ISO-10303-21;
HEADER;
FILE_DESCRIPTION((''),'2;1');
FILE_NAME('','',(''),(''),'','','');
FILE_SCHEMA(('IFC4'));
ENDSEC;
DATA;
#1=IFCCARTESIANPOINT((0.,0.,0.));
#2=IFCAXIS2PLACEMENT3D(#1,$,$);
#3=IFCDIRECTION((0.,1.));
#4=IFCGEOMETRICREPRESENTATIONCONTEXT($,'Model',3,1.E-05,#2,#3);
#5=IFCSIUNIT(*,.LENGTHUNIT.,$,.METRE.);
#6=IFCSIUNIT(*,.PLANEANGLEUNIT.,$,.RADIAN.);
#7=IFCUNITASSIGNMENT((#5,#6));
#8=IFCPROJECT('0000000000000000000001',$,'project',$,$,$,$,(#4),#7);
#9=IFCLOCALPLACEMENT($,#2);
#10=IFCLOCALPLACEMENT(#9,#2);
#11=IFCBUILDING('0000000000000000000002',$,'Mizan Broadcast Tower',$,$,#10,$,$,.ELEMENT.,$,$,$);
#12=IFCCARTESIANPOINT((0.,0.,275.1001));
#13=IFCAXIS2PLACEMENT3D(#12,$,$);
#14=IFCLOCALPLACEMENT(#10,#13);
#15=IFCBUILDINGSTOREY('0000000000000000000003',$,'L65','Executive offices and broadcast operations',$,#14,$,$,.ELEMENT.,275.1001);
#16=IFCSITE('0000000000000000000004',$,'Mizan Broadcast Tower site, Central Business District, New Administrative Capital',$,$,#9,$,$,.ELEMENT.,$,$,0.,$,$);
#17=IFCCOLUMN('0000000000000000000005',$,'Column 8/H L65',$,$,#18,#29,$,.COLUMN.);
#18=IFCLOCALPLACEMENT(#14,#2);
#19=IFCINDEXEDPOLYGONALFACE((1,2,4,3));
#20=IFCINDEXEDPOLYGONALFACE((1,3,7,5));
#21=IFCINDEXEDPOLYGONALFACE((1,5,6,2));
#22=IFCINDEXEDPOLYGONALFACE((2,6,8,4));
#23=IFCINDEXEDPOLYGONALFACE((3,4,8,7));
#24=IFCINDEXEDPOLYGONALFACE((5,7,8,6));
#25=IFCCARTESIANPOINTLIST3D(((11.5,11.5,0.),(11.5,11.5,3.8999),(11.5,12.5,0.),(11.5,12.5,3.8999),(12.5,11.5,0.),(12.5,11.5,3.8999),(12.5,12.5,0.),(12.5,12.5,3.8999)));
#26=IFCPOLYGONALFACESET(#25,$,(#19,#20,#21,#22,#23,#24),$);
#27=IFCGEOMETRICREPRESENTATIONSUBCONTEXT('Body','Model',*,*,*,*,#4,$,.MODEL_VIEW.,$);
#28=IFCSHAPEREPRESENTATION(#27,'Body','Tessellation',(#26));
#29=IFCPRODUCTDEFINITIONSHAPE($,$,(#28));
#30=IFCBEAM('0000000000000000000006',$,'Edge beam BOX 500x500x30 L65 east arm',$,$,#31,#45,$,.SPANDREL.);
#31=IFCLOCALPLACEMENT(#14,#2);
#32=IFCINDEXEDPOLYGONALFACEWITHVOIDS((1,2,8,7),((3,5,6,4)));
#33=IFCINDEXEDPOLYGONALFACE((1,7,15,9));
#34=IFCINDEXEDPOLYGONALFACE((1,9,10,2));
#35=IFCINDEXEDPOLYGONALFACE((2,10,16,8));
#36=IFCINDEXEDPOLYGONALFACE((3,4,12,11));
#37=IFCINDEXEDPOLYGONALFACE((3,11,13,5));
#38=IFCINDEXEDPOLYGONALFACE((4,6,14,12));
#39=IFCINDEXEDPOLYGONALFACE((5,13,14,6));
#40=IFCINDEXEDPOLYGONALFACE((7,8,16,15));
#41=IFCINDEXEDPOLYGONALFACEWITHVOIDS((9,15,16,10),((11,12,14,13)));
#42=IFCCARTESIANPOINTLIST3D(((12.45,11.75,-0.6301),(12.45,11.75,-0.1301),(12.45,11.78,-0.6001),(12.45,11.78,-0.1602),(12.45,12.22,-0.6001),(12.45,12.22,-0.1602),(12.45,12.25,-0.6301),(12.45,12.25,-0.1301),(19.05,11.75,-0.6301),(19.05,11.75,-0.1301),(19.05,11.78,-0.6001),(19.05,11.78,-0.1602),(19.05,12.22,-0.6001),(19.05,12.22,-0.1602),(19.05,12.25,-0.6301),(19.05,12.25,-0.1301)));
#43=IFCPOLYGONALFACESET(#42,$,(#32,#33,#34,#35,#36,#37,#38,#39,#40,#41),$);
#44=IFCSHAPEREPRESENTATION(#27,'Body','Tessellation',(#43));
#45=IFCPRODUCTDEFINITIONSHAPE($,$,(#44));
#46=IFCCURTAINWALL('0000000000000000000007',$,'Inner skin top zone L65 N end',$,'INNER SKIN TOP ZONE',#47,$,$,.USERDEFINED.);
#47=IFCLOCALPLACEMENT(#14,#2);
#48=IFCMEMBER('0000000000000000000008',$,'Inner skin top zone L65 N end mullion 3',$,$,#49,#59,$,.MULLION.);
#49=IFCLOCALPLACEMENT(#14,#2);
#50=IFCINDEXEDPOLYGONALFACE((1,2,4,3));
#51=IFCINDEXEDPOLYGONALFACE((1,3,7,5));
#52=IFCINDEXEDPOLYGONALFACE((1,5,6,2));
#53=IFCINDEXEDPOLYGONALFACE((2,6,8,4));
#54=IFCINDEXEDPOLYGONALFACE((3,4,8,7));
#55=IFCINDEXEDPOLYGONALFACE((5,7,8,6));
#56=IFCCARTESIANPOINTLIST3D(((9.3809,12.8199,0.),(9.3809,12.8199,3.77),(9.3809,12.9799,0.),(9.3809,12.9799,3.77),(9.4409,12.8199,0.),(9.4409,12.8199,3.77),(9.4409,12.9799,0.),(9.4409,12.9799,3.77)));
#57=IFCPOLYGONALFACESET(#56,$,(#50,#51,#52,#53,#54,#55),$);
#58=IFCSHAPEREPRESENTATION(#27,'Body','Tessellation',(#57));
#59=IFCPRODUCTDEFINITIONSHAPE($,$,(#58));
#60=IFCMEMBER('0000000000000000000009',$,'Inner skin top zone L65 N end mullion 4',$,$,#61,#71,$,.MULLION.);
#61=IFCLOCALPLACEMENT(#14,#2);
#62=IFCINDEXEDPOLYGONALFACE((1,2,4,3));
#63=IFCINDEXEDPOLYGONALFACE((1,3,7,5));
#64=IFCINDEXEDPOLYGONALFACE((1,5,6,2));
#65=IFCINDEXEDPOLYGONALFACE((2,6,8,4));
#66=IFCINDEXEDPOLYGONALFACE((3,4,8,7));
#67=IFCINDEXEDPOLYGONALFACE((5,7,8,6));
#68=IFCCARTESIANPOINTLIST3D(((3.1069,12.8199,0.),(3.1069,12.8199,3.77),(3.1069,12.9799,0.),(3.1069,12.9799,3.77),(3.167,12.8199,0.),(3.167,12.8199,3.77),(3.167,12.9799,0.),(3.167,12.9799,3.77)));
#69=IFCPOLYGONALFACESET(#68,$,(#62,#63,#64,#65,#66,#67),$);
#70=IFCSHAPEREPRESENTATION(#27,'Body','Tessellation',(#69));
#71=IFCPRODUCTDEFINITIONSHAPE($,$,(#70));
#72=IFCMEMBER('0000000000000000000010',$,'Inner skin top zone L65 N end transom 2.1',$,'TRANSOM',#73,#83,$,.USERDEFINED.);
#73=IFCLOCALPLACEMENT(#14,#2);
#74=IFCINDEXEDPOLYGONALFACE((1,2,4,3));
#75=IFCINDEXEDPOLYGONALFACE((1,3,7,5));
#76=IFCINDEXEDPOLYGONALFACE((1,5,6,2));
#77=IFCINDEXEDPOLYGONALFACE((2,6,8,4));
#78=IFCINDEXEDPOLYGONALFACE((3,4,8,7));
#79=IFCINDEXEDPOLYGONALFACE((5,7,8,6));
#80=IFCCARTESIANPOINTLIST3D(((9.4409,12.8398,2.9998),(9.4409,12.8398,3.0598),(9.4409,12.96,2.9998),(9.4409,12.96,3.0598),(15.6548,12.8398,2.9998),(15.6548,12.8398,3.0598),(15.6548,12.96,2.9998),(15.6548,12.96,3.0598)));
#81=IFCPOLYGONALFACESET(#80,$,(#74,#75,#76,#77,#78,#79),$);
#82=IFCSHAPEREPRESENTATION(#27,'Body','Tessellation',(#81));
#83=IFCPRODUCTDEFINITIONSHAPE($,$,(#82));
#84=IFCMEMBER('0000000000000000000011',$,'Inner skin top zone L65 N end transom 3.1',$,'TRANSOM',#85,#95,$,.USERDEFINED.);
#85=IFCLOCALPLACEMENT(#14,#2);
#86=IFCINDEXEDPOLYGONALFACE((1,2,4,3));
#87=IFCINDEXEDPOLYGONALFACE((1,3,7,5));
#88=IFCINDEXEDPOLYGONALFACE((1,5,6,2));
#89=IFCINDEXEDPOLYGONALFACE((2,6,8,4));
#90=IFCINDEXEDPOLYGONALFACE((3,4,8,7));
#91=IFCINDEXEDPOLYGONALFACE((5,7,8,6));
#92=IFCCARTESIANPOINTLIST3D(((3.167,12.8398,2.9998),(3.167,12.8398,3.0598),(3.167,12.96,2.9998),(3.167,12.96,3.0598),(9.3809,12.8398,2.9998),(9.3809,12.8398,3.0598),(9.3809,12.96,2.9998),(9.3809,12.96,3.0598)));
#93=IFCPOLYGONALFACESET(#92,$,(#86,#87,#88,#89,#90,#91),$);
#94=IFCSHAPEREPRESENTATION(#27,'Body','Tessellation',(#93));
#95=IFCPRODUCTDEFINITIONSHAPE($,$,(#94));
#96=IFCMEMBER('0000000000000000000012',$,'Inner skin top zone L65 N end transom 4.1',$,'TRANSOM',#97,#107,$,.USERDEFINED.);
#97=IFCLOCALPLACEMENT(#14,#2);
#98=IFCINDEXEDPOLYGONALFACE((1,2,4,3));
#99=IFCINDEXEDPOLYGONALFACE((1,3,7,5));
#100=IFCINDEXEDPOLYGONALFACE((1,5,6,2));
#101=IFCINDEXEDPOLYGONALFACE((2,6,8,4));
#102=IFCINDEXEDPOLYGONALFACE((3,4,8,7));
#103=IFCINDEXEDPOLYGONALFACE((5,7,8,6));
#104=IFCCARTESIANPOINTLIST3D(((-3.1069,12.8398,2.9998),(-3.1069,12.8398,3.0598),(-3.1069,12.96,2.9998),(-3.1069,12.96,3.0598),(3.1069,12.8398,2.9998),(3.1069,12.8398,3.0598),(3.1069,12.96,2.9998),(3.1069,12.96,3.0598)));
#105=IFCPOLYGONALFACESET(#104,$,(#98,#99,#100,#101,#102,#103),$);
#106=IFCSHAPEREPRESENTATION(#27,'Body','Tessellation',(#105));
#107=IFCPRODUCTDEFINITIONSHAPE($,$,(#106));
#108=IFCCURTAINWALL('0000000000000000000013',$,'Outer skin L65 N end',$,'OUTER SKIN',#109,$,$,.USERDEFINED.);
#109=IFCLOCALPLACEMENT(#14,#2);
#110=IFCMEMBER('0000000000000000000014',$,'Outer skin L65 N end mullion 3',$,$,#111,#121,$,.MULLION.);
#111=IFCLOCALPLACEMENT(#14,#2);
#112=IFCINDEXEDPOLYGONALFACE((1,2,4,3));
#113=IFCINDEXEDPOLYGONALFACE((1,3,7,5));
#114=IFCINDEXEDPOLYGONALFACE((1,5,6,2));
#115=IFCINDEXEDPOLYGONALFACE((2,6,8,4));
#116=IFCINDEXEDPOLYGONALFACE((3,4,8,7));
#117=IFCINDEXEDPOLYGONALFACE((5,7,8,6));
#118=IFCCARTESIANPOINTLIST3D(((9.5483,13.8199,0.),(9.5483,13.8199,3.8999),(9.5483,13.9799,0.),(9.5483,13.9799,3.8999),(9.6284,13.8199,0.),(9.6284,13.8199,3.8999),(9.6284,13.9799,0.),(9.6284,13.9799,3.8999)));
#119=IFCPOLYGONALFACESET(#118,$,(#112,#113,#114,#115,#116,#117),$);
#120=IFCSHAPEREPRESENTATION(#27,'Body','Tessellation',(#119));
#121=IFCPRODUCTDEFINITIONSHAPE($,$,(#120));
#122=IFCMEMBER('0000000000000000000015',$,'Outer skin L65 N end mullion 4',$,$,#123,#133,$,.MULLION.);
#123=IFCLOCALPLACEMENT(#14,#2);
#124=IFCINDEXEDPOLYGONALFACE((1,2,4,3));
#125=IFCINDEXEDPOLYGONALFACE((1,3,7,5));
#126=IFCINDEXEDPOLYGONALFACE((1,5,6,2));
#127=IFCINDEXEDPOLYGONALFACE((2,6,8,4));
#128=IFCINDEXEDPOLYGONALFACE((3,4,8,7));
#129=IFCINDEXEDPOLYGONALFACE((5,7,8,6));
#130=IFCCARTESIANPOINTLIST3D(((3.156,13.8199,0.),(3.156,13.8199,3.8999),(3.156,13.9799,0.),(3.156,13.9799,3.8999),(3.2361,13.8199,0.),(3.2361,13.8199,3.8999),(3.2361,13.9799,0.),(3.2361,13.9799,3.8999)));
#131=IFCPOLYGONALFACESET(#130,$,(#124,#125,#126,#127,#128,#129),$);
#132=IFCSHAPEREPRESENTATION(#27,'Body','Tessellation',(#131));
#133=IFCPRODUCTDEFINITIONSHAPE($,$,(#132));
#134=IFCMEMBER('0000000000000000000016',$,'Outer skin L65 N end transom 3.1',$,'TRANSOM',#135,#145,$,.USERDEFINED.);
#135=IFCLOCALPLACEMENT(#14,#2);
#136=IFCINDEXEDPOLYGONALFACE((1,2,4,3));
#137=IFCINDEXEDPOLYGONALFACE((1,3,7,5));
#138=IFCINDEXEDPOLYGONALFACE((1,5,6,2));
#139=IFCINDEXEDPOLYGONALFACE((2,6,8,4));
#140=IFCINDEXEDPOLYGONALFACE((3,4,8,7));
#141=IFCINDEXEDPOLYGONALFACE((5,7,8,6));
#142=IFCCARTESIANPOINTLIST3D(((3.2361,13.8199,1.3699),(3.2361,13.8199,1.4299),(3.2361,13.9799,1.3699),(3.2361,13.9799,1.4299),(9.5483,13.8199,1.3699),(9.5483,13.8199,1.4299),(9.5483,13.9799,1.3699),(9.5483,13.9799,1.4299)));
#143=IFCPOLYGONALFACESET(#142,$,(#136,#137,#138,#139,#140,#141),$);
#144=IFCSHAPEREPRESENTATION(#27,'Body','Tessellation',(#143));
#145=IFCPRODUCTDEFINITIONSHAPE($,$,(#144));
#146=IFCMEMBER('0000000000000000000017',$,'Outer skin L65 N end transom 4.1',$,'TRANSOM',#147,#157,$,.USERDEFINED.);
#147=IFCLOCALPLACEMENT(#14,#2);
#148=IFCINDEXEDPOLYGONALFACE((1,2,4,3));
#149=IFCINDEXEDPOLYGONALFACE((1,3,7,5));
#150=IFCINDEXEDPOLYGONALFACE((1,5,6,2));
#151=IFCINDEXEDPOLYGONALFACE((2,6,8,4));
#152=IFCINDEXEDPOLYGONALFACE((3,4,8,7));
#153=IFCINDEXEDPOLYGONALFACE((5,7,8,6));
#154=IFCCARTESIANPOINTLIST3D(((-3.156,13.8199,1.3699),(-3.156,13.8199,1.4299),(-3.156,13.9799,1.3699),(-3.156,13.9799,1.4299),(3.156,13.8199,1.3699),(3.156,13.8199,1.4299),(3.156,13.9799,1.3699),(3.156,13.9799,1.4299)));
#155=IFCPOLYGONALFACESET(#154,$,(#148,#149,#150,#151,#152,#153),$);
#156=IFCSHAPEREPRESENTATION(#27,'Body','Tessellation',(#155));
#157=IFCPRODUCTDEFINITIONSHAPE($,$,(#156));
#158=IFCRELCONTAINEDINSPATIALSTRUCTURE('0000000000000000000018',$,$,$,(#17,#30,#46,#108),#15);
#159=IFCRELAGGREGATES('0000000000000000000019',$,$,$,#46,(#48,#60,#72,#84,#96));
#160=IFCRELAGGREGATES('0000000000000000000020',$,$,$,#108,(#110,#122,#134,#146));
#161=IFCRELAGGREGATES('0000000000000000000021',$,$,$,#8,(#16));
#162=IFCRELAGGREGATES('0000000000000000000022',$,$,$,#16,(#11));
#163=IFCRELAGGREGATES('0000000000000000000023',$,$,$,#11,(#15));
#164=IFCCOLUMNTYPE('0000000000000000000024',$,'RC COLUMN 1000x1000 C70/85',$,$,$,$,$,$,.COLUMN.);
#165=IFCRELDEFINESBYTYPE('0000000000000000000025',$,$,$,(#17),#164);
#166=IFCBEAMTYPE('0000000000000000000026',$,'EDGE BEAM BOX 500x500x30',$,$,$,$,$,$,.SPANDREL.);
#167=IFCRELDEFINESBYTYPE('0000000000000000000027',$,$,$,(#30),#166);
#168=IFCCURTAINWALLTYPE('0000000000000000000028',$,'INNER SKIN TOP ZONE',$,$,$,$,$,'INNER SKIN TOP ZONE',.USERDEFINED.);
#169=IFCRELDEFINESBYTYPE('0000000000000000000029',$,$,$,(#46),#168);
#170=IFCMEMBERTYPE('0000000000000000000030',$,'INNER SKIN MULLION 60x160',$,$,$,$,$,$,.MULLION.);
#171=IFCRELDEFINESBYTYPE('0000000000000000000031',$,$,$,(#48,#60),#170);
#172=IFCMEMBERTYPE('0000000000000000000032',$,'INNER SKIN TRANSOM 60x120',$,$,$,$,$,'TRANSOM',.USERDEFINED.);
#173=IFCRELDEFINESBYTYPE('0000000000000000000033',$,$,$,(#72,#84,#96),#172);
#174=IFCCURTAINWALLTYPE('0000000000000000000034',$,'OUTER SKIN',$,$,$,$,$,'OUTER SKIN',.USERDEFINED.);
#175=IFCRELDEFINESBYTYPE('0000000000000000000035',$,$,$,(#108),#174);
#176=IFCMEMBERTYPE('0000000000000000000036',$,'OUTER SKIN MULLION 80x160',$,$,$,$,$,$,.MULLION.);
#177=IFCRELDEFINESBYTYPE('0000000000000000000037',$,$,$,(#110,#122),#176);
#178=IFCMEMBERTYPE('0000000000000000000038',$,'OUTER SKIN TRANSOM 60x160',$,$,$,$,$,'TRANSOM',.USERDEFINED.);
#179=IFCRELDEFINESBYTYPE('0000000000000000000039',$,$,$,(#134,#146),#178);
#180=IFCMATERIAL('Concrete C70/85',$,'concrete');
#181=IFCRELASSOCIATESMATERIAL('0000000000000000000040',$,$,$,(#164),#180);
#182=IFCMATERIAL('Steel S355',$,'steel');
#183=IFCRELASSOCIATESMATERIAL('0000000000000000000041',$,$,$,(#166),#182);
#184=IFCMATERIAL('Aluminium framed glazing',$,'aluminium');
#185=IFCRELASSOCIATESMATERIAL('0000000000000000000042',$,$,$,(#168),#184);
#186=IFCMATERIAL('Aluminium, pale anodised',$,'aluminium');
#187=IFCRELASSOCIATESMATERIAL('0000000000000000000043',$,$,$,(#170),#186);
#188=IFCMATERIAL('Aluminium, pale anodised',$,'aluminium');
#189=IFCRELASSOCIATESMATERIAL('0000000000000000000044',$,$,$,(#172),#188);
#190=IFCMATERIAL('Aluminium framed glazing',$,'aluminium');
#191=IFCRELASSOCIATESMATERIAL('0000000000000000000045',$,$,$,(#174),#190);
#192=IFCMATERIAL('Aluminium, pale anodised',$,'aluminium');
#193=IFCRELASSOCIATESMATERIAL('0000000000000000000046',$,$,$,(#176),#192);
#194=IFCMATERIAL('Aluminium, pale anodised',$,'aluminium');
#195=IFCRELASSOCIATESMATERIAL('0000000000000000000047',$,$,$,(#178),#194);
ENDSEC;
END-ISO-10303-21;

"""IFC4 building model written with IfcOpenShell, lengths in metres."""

from ifc_helpers import new_model, si_unit, direction, frame, origin, origin_2d, place, context, subcontext, project, spatial, rectangle, hollow_rectangle, extrude, material, material_profile, profile_set, type_object, element, aggregate, save


model = new_model("IFC4")

# Units and contexts
model_context = context("Model", 3, precision=1e-05, world=origin(), true_north=direction((0.0, 1.0)))
body_context = subcontext(model_context, "Body", "Model", "MODEL_VIEW")
ifc_project = project(units=[si_unit("LENGTHUNIT", "METRE"), si_unit("PLANEANGLEUNIT", "RADIAN")], contexts=[model_context])

# Site, building, storey
site_placement = place(None, origin())
site = spatial("IfcSite", under=ifc_project, at=site_placement, Name="Mizan Broadcast Tower site, Central Business District, New Administrative Capital", CompositionType="ELEMENT", RefElevation=0.0)
building_placement = place(site_placement, origin())
building = spatial("IfcBuilding", under=site, at=building_placement, Name="Mizan Broadcast Tower", CompositionType="ELEMENT")
storey_placement = place(building_placement, frame((0.0, 0.0, 275.1001)))
storey = spatial("IfcBuildingStorey", under=building, at=storey_placement, Name="L65", Description="Executive offices and broadcast operations", CompositionType="ELEMENT", Elevation=275.1001)

# Column
ifc_material_1 = material(Name="Concrete C70/85", Category="concrete")
ifc_material_profile_1 = material_profile(ifc_material_1, rectangle(XDim=1.0, YDim=1.0, at=origin_2d()), Name="RC 1000x1000")
ifc_profile_set_1 = profile_set([ifc_material_profile_1], Name="Concrete C70/85")
column_type = type_object("IfcColumnType", Name="RC COLUMN 1000x1000 C70/85", PredefinedType="COLUMN", material=ifc_profile_set_1)
column_placement = place(storey_placement, frame((12.0, 12.0, 0.0), z_axis=(0.0, 0.0, 1.0), x_axis=(1.0, 0.0, 0.0)))
element("IfcColumn", 1, at=column_placement, inside=storey, type_object=column_type, Name="Column 8/H L65", PredefinedType="COLUMN", context=body_context, shape_type="SweptSolid", body=[
    extrude(rectangle(XDim=1.0, YDim=1.0, at=origin_2d()), origin(), (0.0, 0.0, 1.0), 3.8999),
])

# Beam
ifc_material_2 = material(Name="Steel S355", Category="steel")
ifc_material_profile_2 = material_profile(ifc_material_2, hollow_rectangle(XDim=0.5, YDim=0.5, WallThickness=0.03, at=origin_2d()), Name="BOX 500x500x30")
ifc_profile_set_2 = profile_set([ifc_material_profile_2], Name="Steel S355")
beam_type_1 = type_object("IfcBeamType", Name="EDGE BEAM BOX 500x500x30", PredefinedType="SPANDREL", material=ifc_profile_set_2)
beam_1_placement = place(storey_placement, frame((12.45, 12.0, -0.3801), z_axis=(1.0, 0.0, 0.0), x_axis=(0.0, 1.0, 0.0)))
element("IfcBeam", 2, at=beam_1_placement, inside=storey, type_object=beam_type_1, Name="Edge beam BOX 500x500x30 L65 east arm", PredefinedType="SPANDREL", context=body_context, shape_type="SweptSolid", body=[
    extrude(hollow_rectangle(XDim=0.5, YDim=0.5, WallThickness=0.03, at=origin_2d()), origin(), (0.0, 0.0, 1.0), 6.6001),
])

# Curtain walls, members
ifc_material_3 = material(Name="Aluminium framed glazing", Category="aluminium")
curtain_wall_type_1 = type_object("IfcCurtainWallType", Name="INNER SKIN TOP ZONE", ElementType="INNER SKIN TOP ZONE", PredefinedType="USERDEFINED", material=ifc_material_3)
curtain_wall_1_placement = place(storey_placement, origin())
curtain_wall_1 = element("IfcCurtainWall", 3, at=curtain_wall_1_placement, inside=storey, type_object=curtain_wall_type_1, Name="Inner skin top zone L65 N end", ObjectType="INNER SKIN TOP ZONE", PredefinedType="USERDEFINED")
ifc_material_4 = material(Name="Aluminium, pale anodised", Category="aluminium")
ifc_material_profile_3 = material_profile(ifc_material_4, rectangle(XDim=0.1599, YDim=0.0601, at=origin_2d()), Name="MULLION 160x60")
ifc_profile_set_3 = profile_set([ifc_material_profile_3], Name="Aluminium, pale anodised")
member_type_1 = type_object("IfcMemberType", Name="INNER SKIN MULLION 60x160", PredefinedType="MULLION", material=ifc_profile_set_3)
member_1_placement = place(storey_placement, frame((9.4109, 12.8999, 0.0), z_axis=(0.0, 0.0, 1.0), x_axis=(0.0, -1.0, 0.0)))
member_1 = element("IfcMember", 4, at=member_1_placement, type_object=member_type_1, Name="Inner skin top zone L65 N end mullion 3", PredefinedType="MULLION", context=body_context, shape_type="SweptSolid", body=[
    extrude(rectangle(XDim=0.1599, YDim=0.0601, at=origin_2d()), origin(), (0.0, 0.0, 1.0), 3.77),
])
member_2_placement = place(storey_placement, frame((3.137, 12.8999, 0.0), z_axis=(0.0, 0.0, 1.0), x_axis=(0.0, -1.0, 0.0)))
member_2 = element("IfcMember", 5, at=member_2_placement, type_object=member_type_1, Name="Inner skin top zone L65 N end mullion 4", PredefinedType="MULLION", context=body_context, shape_type="SweptSolid", body=[
    extrude(rectangle(XDim=0.1599, YDim=0.0601, at=origin_2d()), origin(), (0.0, 0.0, 1.0), 3.77),
])
ifc_material_5 = material(Name="Aluminium, pale anodised", Category="aluminium")
ifc_material_profile_4 = material_profile(ifc_material_5, rectangle(XDim=0.1201, YDim=0.0601, at=origin_2d()), Name="TRANSOM 120x60")
ifc_profile_set_4 = profile_set([ifc_material_profile_4], Name="Aluminium, pale anodised")
member_type_2 = type_object("IfcMemberType", Name="INNER SKIN TRANSOM 60x120", ElementType="TRANSOM", PredefinedType="USERDEFINED", material=ifc_profile_set_4)
member_3_placement = place(storey_placement, frame((15.6548, 12.8999, 3.0298), z_axis=(-1.0, 0.0, 0.0), x_axis=(0.0, -1.0, 0.0)))
member_3 = element("IfcMember", 6, at=member_3_placement, type_object=member_type_2, Name="Inner skin top zone L65 N end transom 2.1", ObjectType="TRANSOM", PredefinedType="USERDEFINED", context=body_context, shape_type="SweptSolid", body=[
    extrude(rectangle(XDim=0.1201, YDim=0.0601, at=origin_2d()), origin(), (0.0, 0.0, 1.0), 6.2139),
])
member_4_placement = place(storey_placement, frame((9.3809, 12.8999, 3.0298), z_axis=(-1.0, 0.0, 0.0), x_axis=(0.0, -1.0, 0.0)))
member_4 = element("IfcMember", 7, at=member_4_placement, type_object=member_type_2, Name="Inner skin top zone L65 N end transom 3.1", ObjectType="TRANSOM", PredefinedType="USERDEFINED", context=body_context, shape_type="SweptSolid", body=[
    extrude(rectangle(XDim=0.1201, YDim=0.0601, at=origin_2d()), origin(), (0.0, 0.0, 1.0), 6.2139),
])
member_5_placement = place(storey_placement, frame((3.1069, 12.8999, 3.0298), z_axis=(-1.0, 0.0, 0.0), x_axis=(0.0, -1.0, 0.0)))
member_5 = element("IfcMember", 8, at=member_5_placement, type_object=member_type_2, Name="Inner skin top zone L65 N end transom 4.1", ObjectType="TRANSOM", PredefinedType="USERDEFINED", context=body_context, shape_type="SweptSolid", body=[
    extrude(rectangle(XDim=0.1201, YDim=0.0601, at=origin_2d()), origin(), (0.0, 0.0, 1.0), 6.2139),
])
ifc_material_6 = material(Name="Aluminium framed glazing", Category="aluminium")
curtain_wall_type_2 = type_object("IfcCurtainWallType", Name="OUTER SKIN", ElementType="OUTER SKIN", PredefinedType="USERDEFINED", material=ifc_material_6)
curtain_wall_2_placement = place(storey_placement, origin())
curtain_wall_2 = element("IfcCurtainWall", 9, at=curtain_wall_2_placement, inside=storey, type_object=curtain_wall_type_2, Name="Outer skin L65 N end", ObjectType="OUTER SKIN", PredefinedType="USERDEFINED")
ifc_material_7 = material(Name="Aluminium, pale anodised", Category="aluminium")
ifc_material_profile_5 = material_profile(ifc_material_7, rectangle(XDim=0.1599, YDim=0.0801, at=origin_2d()), Name="MULLION 160x80")
ifc_profile_set_5 = profile_set([ifc_material_profile_5], Name="Aluminium, pale anodised")
member_type_3 = type_object("IfcMemberType", Name="OUTER SKIN MULLION 80x160", PredefinedType="MULLION", material=ifc_profile_set_5)
member_6_placement = place(storey_placement, frame((9.5884, 13.8999, 0.0), z_axis=(0.0, 0.0, 1.0), x_axis=(0.0, -1.0, 0.0)))
member_6 = element("IfcMember", 10, at=member_6_placement, type_object=member_type_3, Name="Outer skin L65 N end mullion 3", PredefinedType="MULLION", context=body_context, shape_type="SweptSolid", body=[
    extrude(rectangle(XDim=0.1599, YDim=0.0801, at=origin_2d()), origin(), (0.0, 0.0, 1.0), 3.8999),
])
member_7_placement = place(storey_placement, frame((3.196, 13.8999, 0.0), z_axis=(0.0, 0.0, 1.0), x_axis=(0.0, -1.0, 0.0)))
member_7 = element("IfcMember", 11, at=member_7_placement, type_object=member_type_3, Name="Outer skin L65 N end mullion 4", PredefinedType="MULLION", context=body_context, shape_type="SweptSolid", body=[
    extrude(rectangle(XDim=0.1599, YDim=0.0801, at=origin_2d()), origin(), (0.0, 0.0, 1.0), 3.8999),
])
ifc_material_8 = material(Name="Aluminium, pale anodised", Category="aluminium")
ifc_material_profile_6 = material_profile(ifc_material_8, rectangle(XDim=0.1599, YDim=0.0601, at=origin_2d()), Name="TRANSOM 160x60")
ifc_profile_set_6 = profile_set([ifc_material_profile_6], Name="Aluminium, pale anodised")
member_type_4 = type_object("IfcMemberType", Name="OUTER SKIN TRANSOM 60x160", ElementType="TRANSOM", PredefinedType="USERDEFINED", material=ifc_profile_set_6)
member_8_placement = place(storey_placement, frame((9.5483, 13.8999, 1.3999), z_axis=(-1.0, 0.0, 0.0), x_axis=(0.0, -1.0, 0.0)))
member_8 = element("IfcMember", 12, at=member_8_placement, type_object=member_type_4, Name="Outer skin L65 N end transom 3.1", ObjectType="TRANSOM", PredefinedType="USERDEFINED", context=body_context, shape_type="SweptSolid", body=[
    extrude(rectangle(XDim=0.1599, YDim=0.0601, at=origin_2d()), origin(), (0.0, 0.0, 1.0), 6.3123),
])
member_9_placement = place(storey_placement, frame((3.156, 13.8999, 1.3999), z_axis=(-1.0, 0.0, 0.0), x_axis=(0.0, -1.0, 0.0)))
member_9 = element("IfcMember", 13, at=member_9_placement, type_object=member_type_4, Name="Outer skin L65 N end transom 4.1", ObjectType="TRANSOM", PredefinedType="USERDEFINED", context=body_context, shape_type="SweptSolid", body=[
    extrude(rectangle(XDim=0.1599, YDim=0.0601, at=origin_2d()), origin(), (0.0, 0.0, 1.0), 6.312),
])

aggregate(curtain_wall_1, [member_1, member_2, member_3, member_4, member_5])
aggregate(curtain_wall_2, [member_6, member_7, member_8, member_9])

save(model, "model.ifc")
